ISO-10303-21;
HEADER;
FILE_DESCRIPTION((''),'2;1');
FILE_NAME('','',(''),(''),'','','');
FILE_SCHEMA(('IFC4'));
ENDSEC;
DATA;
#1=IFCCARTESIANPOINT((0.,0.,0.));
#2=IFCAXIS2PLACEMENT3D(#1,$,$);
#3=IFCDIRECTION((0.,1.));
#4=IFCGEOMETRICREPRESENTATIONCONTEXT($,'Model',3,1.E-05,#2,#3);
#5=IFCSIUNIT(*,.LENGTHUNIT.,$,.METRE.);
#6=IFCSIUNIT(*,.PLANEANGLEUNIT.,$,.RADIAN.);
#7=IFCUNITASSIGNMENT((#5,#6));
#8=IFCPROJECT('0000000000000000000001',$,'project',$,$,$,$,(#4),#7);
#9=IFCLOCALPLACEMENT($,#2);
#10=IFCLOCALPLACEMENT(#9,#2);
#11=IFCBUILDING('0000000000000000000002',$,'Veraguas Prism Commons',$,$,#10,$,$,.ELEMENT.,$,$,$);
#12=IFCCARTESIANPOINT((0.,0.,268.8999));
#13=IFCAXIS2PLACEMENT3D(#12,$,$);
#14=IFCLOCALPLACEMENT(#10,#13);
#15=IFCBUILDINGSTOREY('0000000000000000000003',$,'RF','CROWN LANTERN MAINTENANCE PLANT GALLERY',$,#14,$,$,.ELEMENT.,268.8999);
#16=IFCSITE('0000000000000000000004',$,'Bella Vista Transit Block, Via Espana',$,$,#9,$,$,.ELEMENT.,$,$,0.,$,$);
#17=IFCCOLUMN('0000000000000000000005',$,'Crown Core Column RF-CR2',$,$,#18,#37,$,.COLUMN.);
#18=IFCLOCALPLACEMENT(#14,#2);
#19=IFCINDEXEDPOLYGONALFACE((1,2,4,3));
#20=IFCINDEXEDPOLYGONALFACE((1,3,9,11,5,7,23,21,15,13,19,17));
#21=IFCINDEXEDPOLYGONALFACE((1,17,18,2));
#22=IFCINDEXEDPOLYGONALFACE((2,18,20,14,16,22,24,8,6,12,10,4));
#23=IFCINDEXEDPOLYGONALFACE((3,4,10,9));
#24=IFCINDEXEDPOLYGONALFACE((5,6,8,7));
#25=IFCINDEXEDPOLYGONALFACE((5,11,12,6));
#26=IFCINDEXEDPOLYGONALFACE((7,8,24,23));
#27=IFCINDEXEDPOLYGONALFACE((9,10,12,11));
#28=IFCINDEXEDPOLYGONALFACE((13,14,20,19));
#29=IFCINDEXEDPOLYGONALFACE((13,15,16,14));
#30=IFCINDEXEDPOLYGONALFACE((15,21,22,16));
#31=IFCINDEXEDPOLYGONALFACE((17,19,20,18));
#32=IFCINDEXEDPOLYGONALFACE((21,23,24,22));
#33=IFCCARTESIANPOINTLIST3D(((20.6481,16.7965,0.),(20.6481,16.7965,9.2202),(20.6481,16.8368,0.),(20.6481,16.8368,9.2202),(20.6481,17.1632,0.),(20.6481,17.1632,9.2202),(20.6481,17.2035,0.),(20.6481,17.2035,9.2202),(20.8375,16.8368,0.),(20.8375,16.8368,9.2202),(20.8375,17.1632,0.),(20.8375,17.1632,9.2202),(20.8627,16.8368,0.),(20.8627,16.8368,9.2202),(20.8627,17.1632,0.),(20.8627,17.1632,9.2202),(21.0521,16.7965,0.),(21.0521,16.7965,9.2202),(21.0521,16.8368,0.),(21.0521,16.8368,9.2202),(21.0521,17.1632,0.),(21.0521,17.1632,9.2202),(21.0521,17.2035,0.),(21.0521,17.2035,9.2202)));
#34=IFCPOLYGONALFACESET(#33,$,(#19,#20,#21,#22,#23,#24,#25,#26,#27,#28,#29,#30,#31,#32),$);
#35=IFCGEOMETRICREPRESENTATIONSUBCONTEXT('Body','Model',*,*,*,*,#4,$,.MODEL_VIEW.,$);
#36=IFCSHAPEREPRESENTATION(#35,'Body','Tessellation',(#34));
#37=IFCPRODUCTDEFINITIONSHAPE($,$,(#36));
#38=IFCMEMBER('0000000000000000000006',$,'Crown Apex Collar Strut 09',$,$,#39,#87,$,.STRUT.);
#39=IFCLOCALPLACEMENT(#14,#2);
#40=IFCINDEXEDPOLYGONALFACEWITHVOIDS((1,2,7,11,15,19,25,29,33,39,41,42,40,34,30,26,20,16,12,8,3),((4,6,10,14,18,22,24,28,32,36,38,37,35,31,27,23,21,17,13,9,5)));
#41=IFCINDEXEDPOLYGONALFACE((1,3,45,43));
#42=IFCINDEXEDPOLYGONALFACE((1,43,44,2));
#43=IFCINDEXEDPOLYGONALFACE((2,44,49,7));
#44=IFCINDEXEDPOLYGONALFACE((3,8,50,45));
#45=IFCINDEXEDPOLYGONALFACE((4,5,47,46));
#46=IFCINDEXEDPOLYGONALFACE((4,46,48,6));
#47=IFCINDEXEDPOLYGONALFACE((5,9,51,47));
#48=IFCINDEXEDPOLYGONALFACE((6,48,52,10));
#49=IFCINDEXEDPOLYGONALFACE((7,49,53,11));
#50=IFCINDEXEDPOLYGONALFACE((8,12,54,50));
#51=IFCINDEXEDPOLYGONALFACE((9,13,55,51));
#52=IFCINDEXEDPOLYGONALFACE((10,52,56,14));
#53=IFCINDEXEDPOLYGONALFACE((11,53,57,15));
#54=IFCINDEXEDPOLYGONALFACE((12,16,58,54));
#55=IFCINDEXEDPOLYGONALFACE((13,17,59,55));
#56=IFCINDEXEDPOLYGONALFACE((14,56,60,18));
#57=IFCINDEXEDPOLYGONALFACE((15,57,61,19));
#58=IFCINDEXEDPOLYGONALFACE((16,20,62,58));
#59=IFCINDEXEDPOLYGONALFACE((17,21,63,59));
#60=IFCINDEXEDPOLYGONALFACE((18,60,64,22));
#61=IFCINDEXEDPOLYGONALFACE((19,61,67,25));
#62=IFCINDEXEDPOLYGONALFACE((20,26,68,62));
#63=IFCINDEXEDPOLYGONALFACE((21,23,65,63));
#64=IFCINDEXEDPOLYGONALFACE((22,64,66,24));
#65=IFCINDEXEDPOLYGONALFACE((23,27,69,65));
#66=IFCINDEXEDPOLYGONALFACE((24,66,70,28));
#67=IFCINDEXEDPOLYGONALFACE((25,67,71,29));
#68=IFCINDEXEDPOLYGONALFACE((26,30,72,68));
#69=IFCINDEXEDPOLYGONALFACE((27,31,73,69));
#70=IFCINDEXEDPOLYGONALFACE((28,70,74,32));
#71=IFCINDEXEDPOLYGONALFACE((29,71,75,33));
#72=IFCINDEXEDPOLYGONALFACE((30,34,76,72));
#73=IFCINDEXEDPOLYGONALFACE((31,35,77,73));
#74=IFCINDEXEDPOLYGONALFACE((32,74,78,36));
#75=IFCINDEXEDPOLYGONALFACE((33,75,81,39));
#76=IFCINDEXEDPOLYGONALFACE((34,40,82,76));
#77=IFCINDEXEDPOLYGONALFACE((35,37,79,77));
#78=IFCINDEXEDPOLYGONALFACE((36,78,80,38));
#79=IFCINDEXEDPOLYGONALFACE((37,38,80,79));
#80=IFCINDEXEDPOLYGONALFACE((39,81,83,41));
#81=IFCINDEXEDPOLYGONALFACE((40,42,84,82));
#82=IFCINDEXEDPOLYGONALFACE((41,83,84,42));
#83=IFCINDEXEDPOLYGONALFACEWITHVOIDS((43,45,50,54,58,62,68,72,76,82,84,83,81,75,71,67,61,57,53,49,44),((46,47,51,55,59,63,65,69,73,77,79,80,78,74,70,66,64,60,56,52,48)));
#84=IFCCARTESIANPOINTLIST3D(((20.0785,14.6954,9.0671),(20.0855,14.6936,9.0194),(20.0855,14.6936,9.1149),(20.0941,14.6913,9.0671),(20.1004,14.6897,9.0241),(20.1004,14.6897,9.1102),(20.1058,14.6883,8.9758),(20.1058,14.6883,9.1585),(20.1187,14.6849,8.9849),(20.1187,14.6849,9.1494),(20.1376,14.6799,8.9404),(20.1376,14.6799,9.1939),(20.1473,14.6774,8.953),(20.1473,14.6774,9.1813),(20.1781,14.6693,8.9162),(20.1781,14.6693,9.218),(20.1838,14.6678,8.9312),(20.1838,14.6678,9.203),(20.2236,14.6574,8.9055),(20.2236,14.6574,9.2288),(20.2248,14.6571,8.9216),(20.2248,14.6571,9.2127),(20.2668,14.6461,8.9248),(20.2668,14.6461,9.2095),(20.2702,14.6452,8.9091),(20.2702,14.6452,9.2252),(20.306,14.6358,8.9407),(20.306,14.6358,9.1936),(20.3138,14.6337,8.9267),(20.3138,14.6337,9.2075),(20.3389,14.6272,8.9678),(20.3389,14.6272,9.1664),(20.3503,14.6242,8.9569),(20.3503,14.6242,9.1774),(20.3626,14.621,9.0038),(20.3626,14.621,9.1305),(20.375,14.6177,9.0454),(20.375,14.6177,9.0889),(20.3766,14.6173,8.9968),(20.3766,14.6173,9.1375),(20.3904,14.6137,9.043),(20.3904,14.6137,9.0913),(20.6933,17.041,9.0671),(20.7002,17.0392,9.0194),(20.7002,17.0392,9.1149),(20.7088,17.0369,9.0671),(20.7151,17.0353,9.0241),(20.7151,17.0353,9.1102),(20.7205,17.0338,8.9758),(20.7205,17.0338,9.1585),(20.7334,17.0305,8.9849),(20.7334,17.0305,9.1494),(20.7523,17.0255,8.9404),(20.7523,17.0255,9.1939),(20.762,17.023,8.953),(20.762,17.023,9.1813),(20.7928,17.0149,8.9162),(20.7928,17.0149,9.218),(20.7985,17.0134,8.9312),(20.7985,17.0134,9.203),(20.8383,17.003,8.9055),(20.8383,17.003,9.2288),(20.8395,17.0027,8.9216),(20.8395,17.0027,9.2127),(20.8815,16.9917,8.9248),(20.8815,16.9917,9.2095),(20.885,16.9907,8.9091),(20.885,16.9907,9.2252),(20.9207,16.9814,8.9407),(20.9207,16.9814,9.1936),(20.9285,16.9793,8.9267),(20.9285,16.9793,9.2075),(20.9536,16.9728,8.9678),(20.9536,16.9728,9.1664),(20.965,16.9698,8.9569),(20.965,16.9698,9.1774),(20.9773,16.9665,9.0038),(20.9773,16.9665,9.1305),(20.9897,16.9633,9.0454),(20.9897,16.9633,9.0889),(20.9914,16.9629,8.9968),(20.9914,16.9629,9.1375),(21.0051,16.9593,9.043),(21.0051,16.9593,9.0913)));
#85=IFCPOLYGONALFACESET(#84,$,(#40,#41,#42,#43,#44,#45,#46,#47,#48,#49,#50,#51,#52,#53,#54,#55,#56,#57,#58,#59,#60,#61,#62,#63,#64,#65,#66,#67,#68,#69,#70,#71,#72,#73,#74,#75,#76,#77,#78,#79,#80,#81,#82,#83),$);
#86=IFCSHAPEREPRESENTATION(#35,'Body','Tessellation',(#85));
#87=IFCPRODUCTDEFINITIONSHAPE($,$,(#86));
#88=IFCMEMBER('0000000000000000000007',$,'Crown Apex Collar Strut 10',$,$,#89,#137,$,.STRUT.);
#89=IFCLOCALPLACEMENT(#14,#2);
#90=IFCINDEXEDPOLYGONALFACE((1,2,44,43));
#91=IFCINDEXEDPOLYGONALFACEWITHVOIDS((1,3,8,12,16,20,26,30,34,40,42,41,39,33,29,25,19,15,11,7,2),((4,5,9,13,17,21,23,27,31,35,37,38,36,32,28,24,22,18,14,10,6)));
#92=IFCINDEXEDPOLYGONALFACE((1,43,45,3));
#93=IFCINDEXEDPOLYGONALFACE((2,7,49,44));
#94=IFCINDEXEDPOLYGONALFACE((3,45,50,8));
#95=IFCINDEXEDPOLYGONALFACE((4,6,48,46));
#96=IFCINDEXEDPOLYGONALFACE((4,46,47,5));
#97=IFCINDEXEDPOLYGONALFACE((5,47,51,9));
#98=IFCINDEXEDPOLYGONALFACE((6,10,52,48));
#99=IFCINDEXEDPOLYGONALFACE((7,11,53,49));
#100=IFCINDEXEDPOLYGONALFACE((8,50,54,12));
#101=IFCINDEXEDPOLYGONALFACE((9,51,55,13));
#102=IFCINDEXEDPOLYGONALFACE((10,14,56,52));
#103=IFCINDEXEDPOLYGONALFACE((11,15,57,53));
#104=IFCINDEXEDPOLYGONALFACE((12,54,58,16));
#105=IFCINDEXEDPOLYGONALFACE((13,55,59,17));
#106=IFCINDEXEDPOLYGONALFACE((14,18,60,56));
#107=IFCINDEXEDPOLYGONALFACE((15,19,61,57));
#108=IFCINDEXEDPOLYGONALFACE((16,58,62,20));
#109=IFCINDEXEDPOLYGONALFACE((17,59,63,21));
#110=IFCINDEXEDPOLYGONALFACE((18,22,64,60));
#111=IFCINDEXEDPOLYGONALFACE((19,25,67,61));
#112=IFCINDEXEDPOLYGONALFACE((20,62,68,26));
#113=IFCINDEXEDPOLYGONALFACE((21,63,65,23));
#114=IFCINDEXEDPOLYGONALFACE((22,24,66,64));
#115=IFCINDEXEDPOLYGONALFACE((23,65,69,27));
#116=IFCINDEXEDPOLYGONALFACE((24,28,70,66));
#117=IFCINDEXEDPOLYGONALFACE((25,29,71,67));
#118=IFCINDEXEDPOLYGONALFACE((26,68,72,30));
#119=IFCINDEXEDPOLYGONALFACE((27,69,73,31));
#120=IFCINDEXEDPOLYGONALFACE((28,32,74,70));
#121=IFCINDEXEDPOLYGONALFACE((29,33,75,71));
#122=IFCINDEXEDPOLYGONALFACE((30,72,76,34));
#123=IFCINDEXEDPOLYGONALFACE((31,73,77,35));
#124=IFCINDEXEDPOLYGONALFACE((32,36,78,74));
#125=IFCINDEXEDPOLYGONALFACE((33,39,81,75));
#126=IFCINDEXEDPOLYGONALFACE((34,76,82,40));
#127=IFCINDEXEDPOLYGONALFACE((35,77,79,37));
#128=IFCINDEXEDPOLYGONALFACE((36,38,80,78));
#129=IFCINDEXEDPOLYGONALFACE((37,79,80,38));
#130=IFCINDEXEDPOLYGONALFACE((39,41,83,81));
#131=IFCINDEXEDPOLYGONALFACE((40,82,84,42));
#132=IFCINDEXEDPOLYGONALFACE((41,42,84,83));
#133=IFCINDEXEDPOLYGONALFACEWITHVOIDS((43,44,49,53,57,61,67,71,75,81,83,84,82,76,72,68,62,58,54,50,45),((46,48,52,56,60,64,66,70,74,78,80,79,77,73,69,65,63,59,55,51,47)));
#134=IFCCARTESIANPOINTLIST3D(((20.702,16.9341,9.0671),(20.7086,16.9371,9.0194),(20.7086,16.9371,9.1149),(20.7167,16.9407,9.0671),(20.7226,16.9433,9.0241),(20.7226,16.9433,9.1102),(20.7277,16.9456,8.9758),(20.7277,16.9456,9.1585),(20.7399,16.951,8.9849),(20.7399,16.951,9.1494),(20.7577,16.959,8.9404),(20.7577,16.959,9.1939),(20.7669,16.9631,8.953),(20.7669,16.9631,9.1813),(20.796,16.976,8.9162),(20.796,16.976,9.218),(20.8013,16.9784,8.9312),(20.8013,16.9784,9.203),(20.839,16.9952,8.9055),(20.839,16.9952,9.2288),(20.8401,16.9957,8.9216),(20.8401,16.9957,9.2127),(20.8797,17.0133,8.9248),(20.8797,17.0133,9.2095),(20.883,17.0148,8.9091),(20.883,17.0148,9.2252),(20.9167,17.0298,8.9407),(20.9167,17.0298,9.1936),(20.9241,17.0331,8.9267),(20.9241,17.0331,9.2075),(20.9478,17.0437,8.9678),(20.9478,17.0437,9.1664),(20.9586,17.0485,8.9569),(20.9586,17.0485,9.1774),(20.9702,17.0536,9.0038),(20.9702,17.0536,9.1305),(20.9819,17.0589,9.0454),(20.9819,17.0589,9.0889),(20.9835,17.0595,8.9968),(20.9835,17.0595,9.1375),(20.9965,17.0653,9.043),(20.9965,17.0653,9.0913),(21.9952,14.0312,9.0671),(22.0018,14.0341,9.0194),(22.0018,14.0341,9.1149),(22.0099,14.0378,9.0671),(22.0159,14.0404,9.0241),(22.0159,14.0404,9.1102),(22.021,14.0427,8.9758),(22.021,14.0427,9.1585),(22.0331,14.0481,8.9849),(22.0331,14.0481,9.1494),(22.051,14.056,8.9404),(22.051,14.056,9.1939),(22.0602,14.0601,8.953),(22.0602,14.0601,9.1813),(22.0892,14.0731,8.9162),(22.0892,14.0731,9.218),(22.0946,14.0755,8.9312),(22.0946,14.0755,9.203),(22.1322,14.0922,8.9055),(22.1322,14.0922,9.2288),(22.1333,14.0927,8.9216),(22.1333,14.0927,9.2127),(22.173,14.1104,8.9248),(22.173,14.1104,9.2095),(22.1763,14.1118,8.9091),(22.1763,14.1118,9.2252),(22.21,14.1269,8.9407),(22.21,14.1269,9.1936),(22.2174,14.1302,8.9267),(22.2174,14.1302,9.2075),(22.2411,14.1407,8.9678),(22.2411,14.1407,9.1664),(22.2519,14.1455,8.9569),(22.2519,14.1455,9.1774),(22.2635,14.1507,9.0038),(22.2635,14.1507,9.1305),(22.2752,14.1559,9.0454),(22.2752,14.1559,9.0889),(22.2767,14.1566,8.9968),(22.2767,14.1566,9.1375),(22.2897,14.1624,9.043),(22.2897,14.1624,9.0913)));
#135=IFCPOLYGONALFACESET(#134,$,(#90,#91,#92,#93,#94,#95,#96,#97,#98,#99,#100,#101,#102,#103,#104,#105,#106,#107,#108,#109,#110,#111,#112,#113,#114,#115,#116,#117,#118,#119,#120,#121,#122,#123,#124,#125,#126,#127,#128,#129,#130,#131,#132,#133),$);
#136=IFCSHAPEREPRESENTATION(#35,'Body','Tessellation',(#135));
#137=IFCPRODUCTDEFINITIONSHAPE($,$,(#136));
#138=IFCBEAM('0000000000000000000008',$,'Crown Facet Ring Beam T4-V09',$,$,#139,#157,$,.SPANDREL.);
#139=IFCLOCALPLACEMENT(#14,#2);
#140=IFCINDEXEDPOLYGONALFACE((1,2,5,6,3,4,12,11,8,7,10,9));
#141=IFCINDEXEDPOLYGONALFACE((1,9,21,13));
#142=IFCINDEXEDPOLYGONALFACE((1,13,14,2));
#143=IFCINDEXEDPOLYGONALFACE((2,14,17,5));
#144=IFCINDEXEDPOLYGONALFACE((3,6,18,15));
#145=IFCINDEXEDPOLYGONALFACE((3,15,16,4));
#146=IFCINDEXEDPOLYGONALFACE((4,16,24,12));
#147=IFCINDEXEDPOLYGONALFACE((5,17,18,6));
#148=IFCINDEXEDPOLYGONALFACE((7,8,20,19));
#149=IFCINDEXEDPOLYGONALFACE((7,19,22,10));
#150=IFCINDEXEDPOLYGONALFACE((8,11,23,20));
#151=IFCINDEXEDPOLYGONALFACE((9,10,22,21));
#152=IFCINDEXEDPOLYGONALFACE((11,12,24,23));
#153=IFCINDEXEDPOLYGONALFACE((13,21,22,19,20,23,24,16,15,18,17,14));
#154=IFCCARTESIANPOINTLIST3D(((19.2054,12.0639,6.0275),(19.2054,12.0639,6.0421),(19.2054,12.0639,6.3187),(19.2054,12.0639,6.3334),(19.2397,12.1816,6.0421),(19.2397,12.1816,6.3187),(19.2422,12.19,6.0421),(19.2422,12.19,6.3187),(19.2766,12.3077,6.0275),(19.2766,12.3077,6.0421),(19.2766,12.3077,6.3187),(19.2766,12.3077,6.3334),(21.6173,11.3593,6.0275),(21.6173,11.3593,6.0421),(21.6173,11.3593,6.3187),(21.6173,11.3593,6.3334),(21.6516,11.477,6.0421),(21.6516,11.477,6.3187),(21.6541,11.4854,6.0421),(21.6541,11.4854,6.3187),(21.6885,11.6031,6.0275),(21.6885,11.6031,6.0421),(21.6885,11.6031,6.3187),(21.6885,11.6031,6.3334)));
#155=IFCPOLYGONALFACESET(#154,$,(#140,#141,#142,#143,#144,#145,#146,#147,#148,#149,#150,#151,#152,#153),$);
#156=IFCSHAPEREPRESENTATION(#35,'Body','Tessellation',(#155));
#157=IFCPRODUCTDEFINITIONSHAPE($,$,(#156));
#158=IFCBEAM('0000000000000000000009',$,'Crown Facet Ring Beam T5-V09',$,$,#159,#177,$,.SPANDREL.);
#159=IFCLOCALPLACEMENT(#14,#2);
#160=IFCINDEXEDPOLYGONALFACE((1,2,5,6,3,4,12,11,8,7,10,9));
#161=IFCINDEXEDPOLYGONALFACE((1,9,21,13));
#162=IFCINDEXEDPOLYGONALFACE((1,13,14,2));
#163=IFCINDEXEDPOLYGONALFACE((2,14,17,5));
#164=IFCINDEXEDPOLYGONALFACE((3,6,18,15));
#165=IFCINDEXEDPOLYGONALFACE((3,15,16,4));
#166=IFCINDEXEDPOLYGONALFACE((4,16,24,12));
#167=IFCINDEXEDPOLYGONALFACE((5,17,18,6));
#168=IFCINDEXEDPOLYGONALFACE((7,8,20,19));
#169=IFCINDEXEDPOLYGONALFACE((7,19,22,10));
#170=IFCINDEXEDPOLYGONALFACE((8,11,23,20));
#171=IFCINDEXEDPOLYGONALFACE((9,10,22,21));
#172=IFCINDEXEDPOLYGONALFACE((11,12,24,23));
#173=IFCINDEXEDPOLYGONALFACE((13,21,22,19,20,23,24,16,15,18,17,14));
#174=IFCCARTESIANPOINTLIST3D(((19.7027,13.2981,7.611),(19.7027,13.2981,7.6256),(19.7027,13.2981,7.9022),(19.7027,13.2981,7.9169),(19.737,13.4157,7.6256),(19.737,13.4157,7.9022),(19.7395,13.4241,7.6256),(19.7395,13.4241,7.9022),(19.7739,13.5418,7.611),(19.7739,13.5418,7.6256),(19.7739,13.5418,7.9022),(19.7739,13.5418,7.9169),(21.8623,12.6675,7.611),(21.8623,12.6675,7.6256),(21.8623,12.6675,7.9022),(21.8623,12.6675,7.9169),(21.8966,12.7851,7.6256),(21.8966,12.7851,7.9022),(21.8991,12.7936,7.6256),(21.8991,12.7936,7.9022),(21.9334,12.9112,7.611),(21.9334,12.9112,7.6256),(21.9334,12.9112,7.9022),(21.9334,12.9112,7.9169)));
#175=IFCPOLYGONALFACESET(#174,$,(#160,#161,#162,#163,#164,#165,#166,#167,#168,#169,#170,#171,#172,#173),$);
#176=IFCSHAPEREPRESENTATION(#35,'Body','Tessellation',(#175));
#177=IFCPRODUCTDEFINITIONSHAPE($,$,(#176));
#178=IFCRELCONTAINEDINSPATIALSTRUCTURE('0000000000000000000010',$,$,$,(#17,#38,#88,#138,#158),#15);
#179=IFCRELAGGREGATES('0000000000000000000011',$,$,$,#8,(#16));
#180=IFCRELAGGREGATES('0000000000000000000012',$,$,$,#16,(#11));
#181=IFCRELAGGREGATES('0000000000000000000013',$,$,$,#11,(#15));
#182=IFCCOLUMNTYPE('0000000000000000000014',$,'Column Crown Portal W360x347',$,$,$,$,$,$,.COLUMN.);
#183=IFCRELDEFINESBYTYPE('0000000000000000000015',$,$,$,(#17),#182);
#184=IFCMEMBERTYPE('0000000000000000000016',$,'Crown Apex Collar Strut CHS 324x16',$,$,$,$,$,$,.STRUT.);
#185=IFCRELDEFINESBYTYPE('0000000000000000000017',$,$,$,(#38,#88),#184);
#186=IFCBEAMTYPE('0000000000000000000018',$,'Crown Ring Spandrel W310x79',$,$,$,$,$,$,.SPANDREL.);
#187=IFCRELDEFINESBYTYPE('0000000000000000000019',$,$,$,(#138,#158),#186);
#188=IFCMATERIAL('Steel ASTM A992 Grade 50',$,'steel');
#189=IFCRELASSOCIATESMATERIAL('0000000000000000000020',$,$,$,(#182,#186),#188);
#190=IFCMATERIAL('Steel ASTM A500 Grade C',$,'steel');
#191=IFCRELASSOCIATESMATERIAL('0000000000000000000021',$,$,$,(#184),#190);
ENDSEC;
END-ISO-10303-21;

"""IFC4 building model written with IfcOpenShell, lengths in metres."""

from ifc_helpers import new_model, si_unit, direction, frame, origin, origin_2d, place, context, subcontext, project, spatial, hollow_circle, i_section, extrude, material, material_profile, profile_set, type_object, element, save


model = new_model("IFC4")

# Units and contexts
model_context = context("Model", 3, precision=1e-05, world=origin(), true_north=direction((0.0, 1.0)))
body_context = subcontext(model_context, "Body", "Model", "MODEL_VIEW")
ifc_project = project(units=[si_unit("LENGTHUNIT", "METRE"), si_unit("PLANEANGLEUNIT", "RADIAN")], contexts=[model_context])

# Site, building, storey
site_placement = place(None, origin())
site = spatial("IfcSite", under=ifc_project, at=site_placement, Name="Bella Vista Transit Block, Via Espana", CompositionType="ELEMENT", RefElevation=0.0)
building_placement = place(site_placement, origin())
building = spatial("IfcBuilding", under=site, at=building_placement, Name="Veraguas Prism Commons", CompositionType="ELEMENT")
storey_placement = place(building_placement, frame((0.0, 0.0, 268.8999)))
storey = spatial("IfcBuildingStorey", under=building, at=storey_placement, Name="RF", Description="CROWN LANTERN MAINTENANCE PLANT GALLERY", CompositionType="ELEMENT", Elevation=268.8999)

# Column
ifc_material_1 = material(Name="Steel ASTM A992 Grade 50", Category="steel")
ifc_material_profile_1 = material_profile(ifc_material_1, i_section(OverallWidth=0.4041, OverallDepth=0.407, WebThickness=0.0251, FlangeThickness=0.0403, at=origin_2d()), Name="W360X347")
ifc_profile_set_1 = profile_set([ifc_material_profile_1], Name="Steel ASTM A992 Grade 50")
column_type = type_object("IfcColumnType", Name="Column Crown Portal W360x347", PredefinedType="COLUMN", material=ifc_profile_set_1)
column_placement = place(storey_placement, frame((20.8501, 17.0, 0.0), z_axis=(0.0, 0.0, 1.0), x_axis=(1.0, 0.0, 0.0)))
element("IfcColumn", 1, at=column_placement, inside=storey, type_object=column_type, Name="Crown Core Column RF-CR2", PredefinedType="COLUMN", context=body_context, shape_type="SweptSolid", body=[
    extrude(i_section(OverallWidth=0.4041, OverallDepth=0.407, WebThickness=0.0251, FlangeThickness=0.0403, at=origin_2d()), origin(), (0.0, 0.0, 1.0), 9.2202),
])

# Members
ifc_material_2 = material(Name="Steel ASTM A500 Grade C", Category="steel")
ifc_material_profile_2 = material_profile(ifc_material_2, hollow_circle(Radius=0.1621, WallThickness=0.0161, at=origin_2d()), Name="CHS324X16")
ifc_profile_set_2 = profile_set([ifc_material_profile_2], Name="Steel ASTM A500 Grade C")
member_type_1 = type_object("IfcMemberType", Name="Crown Apex Collar Strut CHS 324x16", PredefinedType="STRUT", material=ifc_profile_set_2)
member_1_placement = place(storey_placement, frame((20.2354, 14.6543, 9.0671), z_axis=(0.253512, 0.967332, 0.0), x_axis=(-0.967332, 0.253512, 0.0)))
element("IfcMember", 2, at=member_1_placement, inside=storey, type_object=member_type_1, Name="Crown Apex Collar Strut 09", PredefinedType="STRUT", context=body_context, shape_type="SweptSolid", body=[
    extrude(hollow_circle(Radius=0.1621, WallThickness=0.0161, at=origin_2d()), origin(), (0.0, 0.0, 1.0), 2.4248),
])
member_2_placement = place(storey_placement, frame((22.1433, 14.0972, 9.0671), z_axis=(-0.406944, 0.913453, 0.0), x_axis=(-0.913453, -0.406944, 0.0)))
element("IfcMember", 3, at=member_2_placement, inside=storey, type_object=member_type_1, Name="Crown Apex Collar Strut 10", PredefinedType="STRUT", context=body_context, shape_type="SweptSolid", body=[
    extrude(hollow_circle(Radius=0.1621, WallThickness=0.0161, at=origin_2d()), origin(), (0.0, 0.0, 1.0), 3.178),
])

# Beams
ifc_material_profile_3 = material_profile(ifc_material_1, i_section(OverallWidth=0.2539, OverallDepth=0.3059, WebThickness=0.0088, FlangeThickness=0.0146, at=origin_2d()), Name="W310X79")
ifc_profile_set_3 = profile_set([ifc_material_profile_3], Name="Steel ASTM A992 Grade 50")
beam_type_1 = type_object("IfcBeamType", Name="Crown Ring Spandrel W310x79", PredefinedType="SPANDREL", material=ifc_profile_set_3)
beam_1_placement = place(storey_placement, frame((19.241, 12.1858, 6.1804), z_axis=(0.959879, -0.280414, 0.0), x_axis=(0.280414, 0.959879, 0.0)))
element("IfcBeam", 4, at=beam_1_placement, inside=storey, type_object=beam_type_1, Name="Crown Facet Ring Beam T4-V09", PredefinedType="SPANDREL", context=body_context, shape_type="SweptSolid", body=[
    extrude(i_section(OverallWidth=0.2539, OverallDepth=0.3059, WebThickness=0.0088, FlangeThickness=0.0146, at=origin_2d()), origin(), (0.0, 0.0, 1.0), 2.5127),
])
beam_2_placement = place(storey_placement, frame((19.7383, 13.4199, 7.7639), z_axis=(0.959915, -0.280292, 0.0), x_axis=(0.280292, 0.959915, 0.0)))
element("IfcBeam", 5, at=beam_2_placement, inside=storey, type_object=beam_type_1, Name="Crown Facet Ring Beam T5-V09", PredefinedType="SPANDREL", context=body_context, shape_type="SweptSolid", body=[
    extrude(i_section(OverallWidth=0.2539, OverallDepth=0.3059, WebThickness=0.0088, FlangeThickness=0.0146, at=origin_2d()), origin(), (0.0, 0.0, 1.0), 2.2498),
])

save(model, "model.ifc")
